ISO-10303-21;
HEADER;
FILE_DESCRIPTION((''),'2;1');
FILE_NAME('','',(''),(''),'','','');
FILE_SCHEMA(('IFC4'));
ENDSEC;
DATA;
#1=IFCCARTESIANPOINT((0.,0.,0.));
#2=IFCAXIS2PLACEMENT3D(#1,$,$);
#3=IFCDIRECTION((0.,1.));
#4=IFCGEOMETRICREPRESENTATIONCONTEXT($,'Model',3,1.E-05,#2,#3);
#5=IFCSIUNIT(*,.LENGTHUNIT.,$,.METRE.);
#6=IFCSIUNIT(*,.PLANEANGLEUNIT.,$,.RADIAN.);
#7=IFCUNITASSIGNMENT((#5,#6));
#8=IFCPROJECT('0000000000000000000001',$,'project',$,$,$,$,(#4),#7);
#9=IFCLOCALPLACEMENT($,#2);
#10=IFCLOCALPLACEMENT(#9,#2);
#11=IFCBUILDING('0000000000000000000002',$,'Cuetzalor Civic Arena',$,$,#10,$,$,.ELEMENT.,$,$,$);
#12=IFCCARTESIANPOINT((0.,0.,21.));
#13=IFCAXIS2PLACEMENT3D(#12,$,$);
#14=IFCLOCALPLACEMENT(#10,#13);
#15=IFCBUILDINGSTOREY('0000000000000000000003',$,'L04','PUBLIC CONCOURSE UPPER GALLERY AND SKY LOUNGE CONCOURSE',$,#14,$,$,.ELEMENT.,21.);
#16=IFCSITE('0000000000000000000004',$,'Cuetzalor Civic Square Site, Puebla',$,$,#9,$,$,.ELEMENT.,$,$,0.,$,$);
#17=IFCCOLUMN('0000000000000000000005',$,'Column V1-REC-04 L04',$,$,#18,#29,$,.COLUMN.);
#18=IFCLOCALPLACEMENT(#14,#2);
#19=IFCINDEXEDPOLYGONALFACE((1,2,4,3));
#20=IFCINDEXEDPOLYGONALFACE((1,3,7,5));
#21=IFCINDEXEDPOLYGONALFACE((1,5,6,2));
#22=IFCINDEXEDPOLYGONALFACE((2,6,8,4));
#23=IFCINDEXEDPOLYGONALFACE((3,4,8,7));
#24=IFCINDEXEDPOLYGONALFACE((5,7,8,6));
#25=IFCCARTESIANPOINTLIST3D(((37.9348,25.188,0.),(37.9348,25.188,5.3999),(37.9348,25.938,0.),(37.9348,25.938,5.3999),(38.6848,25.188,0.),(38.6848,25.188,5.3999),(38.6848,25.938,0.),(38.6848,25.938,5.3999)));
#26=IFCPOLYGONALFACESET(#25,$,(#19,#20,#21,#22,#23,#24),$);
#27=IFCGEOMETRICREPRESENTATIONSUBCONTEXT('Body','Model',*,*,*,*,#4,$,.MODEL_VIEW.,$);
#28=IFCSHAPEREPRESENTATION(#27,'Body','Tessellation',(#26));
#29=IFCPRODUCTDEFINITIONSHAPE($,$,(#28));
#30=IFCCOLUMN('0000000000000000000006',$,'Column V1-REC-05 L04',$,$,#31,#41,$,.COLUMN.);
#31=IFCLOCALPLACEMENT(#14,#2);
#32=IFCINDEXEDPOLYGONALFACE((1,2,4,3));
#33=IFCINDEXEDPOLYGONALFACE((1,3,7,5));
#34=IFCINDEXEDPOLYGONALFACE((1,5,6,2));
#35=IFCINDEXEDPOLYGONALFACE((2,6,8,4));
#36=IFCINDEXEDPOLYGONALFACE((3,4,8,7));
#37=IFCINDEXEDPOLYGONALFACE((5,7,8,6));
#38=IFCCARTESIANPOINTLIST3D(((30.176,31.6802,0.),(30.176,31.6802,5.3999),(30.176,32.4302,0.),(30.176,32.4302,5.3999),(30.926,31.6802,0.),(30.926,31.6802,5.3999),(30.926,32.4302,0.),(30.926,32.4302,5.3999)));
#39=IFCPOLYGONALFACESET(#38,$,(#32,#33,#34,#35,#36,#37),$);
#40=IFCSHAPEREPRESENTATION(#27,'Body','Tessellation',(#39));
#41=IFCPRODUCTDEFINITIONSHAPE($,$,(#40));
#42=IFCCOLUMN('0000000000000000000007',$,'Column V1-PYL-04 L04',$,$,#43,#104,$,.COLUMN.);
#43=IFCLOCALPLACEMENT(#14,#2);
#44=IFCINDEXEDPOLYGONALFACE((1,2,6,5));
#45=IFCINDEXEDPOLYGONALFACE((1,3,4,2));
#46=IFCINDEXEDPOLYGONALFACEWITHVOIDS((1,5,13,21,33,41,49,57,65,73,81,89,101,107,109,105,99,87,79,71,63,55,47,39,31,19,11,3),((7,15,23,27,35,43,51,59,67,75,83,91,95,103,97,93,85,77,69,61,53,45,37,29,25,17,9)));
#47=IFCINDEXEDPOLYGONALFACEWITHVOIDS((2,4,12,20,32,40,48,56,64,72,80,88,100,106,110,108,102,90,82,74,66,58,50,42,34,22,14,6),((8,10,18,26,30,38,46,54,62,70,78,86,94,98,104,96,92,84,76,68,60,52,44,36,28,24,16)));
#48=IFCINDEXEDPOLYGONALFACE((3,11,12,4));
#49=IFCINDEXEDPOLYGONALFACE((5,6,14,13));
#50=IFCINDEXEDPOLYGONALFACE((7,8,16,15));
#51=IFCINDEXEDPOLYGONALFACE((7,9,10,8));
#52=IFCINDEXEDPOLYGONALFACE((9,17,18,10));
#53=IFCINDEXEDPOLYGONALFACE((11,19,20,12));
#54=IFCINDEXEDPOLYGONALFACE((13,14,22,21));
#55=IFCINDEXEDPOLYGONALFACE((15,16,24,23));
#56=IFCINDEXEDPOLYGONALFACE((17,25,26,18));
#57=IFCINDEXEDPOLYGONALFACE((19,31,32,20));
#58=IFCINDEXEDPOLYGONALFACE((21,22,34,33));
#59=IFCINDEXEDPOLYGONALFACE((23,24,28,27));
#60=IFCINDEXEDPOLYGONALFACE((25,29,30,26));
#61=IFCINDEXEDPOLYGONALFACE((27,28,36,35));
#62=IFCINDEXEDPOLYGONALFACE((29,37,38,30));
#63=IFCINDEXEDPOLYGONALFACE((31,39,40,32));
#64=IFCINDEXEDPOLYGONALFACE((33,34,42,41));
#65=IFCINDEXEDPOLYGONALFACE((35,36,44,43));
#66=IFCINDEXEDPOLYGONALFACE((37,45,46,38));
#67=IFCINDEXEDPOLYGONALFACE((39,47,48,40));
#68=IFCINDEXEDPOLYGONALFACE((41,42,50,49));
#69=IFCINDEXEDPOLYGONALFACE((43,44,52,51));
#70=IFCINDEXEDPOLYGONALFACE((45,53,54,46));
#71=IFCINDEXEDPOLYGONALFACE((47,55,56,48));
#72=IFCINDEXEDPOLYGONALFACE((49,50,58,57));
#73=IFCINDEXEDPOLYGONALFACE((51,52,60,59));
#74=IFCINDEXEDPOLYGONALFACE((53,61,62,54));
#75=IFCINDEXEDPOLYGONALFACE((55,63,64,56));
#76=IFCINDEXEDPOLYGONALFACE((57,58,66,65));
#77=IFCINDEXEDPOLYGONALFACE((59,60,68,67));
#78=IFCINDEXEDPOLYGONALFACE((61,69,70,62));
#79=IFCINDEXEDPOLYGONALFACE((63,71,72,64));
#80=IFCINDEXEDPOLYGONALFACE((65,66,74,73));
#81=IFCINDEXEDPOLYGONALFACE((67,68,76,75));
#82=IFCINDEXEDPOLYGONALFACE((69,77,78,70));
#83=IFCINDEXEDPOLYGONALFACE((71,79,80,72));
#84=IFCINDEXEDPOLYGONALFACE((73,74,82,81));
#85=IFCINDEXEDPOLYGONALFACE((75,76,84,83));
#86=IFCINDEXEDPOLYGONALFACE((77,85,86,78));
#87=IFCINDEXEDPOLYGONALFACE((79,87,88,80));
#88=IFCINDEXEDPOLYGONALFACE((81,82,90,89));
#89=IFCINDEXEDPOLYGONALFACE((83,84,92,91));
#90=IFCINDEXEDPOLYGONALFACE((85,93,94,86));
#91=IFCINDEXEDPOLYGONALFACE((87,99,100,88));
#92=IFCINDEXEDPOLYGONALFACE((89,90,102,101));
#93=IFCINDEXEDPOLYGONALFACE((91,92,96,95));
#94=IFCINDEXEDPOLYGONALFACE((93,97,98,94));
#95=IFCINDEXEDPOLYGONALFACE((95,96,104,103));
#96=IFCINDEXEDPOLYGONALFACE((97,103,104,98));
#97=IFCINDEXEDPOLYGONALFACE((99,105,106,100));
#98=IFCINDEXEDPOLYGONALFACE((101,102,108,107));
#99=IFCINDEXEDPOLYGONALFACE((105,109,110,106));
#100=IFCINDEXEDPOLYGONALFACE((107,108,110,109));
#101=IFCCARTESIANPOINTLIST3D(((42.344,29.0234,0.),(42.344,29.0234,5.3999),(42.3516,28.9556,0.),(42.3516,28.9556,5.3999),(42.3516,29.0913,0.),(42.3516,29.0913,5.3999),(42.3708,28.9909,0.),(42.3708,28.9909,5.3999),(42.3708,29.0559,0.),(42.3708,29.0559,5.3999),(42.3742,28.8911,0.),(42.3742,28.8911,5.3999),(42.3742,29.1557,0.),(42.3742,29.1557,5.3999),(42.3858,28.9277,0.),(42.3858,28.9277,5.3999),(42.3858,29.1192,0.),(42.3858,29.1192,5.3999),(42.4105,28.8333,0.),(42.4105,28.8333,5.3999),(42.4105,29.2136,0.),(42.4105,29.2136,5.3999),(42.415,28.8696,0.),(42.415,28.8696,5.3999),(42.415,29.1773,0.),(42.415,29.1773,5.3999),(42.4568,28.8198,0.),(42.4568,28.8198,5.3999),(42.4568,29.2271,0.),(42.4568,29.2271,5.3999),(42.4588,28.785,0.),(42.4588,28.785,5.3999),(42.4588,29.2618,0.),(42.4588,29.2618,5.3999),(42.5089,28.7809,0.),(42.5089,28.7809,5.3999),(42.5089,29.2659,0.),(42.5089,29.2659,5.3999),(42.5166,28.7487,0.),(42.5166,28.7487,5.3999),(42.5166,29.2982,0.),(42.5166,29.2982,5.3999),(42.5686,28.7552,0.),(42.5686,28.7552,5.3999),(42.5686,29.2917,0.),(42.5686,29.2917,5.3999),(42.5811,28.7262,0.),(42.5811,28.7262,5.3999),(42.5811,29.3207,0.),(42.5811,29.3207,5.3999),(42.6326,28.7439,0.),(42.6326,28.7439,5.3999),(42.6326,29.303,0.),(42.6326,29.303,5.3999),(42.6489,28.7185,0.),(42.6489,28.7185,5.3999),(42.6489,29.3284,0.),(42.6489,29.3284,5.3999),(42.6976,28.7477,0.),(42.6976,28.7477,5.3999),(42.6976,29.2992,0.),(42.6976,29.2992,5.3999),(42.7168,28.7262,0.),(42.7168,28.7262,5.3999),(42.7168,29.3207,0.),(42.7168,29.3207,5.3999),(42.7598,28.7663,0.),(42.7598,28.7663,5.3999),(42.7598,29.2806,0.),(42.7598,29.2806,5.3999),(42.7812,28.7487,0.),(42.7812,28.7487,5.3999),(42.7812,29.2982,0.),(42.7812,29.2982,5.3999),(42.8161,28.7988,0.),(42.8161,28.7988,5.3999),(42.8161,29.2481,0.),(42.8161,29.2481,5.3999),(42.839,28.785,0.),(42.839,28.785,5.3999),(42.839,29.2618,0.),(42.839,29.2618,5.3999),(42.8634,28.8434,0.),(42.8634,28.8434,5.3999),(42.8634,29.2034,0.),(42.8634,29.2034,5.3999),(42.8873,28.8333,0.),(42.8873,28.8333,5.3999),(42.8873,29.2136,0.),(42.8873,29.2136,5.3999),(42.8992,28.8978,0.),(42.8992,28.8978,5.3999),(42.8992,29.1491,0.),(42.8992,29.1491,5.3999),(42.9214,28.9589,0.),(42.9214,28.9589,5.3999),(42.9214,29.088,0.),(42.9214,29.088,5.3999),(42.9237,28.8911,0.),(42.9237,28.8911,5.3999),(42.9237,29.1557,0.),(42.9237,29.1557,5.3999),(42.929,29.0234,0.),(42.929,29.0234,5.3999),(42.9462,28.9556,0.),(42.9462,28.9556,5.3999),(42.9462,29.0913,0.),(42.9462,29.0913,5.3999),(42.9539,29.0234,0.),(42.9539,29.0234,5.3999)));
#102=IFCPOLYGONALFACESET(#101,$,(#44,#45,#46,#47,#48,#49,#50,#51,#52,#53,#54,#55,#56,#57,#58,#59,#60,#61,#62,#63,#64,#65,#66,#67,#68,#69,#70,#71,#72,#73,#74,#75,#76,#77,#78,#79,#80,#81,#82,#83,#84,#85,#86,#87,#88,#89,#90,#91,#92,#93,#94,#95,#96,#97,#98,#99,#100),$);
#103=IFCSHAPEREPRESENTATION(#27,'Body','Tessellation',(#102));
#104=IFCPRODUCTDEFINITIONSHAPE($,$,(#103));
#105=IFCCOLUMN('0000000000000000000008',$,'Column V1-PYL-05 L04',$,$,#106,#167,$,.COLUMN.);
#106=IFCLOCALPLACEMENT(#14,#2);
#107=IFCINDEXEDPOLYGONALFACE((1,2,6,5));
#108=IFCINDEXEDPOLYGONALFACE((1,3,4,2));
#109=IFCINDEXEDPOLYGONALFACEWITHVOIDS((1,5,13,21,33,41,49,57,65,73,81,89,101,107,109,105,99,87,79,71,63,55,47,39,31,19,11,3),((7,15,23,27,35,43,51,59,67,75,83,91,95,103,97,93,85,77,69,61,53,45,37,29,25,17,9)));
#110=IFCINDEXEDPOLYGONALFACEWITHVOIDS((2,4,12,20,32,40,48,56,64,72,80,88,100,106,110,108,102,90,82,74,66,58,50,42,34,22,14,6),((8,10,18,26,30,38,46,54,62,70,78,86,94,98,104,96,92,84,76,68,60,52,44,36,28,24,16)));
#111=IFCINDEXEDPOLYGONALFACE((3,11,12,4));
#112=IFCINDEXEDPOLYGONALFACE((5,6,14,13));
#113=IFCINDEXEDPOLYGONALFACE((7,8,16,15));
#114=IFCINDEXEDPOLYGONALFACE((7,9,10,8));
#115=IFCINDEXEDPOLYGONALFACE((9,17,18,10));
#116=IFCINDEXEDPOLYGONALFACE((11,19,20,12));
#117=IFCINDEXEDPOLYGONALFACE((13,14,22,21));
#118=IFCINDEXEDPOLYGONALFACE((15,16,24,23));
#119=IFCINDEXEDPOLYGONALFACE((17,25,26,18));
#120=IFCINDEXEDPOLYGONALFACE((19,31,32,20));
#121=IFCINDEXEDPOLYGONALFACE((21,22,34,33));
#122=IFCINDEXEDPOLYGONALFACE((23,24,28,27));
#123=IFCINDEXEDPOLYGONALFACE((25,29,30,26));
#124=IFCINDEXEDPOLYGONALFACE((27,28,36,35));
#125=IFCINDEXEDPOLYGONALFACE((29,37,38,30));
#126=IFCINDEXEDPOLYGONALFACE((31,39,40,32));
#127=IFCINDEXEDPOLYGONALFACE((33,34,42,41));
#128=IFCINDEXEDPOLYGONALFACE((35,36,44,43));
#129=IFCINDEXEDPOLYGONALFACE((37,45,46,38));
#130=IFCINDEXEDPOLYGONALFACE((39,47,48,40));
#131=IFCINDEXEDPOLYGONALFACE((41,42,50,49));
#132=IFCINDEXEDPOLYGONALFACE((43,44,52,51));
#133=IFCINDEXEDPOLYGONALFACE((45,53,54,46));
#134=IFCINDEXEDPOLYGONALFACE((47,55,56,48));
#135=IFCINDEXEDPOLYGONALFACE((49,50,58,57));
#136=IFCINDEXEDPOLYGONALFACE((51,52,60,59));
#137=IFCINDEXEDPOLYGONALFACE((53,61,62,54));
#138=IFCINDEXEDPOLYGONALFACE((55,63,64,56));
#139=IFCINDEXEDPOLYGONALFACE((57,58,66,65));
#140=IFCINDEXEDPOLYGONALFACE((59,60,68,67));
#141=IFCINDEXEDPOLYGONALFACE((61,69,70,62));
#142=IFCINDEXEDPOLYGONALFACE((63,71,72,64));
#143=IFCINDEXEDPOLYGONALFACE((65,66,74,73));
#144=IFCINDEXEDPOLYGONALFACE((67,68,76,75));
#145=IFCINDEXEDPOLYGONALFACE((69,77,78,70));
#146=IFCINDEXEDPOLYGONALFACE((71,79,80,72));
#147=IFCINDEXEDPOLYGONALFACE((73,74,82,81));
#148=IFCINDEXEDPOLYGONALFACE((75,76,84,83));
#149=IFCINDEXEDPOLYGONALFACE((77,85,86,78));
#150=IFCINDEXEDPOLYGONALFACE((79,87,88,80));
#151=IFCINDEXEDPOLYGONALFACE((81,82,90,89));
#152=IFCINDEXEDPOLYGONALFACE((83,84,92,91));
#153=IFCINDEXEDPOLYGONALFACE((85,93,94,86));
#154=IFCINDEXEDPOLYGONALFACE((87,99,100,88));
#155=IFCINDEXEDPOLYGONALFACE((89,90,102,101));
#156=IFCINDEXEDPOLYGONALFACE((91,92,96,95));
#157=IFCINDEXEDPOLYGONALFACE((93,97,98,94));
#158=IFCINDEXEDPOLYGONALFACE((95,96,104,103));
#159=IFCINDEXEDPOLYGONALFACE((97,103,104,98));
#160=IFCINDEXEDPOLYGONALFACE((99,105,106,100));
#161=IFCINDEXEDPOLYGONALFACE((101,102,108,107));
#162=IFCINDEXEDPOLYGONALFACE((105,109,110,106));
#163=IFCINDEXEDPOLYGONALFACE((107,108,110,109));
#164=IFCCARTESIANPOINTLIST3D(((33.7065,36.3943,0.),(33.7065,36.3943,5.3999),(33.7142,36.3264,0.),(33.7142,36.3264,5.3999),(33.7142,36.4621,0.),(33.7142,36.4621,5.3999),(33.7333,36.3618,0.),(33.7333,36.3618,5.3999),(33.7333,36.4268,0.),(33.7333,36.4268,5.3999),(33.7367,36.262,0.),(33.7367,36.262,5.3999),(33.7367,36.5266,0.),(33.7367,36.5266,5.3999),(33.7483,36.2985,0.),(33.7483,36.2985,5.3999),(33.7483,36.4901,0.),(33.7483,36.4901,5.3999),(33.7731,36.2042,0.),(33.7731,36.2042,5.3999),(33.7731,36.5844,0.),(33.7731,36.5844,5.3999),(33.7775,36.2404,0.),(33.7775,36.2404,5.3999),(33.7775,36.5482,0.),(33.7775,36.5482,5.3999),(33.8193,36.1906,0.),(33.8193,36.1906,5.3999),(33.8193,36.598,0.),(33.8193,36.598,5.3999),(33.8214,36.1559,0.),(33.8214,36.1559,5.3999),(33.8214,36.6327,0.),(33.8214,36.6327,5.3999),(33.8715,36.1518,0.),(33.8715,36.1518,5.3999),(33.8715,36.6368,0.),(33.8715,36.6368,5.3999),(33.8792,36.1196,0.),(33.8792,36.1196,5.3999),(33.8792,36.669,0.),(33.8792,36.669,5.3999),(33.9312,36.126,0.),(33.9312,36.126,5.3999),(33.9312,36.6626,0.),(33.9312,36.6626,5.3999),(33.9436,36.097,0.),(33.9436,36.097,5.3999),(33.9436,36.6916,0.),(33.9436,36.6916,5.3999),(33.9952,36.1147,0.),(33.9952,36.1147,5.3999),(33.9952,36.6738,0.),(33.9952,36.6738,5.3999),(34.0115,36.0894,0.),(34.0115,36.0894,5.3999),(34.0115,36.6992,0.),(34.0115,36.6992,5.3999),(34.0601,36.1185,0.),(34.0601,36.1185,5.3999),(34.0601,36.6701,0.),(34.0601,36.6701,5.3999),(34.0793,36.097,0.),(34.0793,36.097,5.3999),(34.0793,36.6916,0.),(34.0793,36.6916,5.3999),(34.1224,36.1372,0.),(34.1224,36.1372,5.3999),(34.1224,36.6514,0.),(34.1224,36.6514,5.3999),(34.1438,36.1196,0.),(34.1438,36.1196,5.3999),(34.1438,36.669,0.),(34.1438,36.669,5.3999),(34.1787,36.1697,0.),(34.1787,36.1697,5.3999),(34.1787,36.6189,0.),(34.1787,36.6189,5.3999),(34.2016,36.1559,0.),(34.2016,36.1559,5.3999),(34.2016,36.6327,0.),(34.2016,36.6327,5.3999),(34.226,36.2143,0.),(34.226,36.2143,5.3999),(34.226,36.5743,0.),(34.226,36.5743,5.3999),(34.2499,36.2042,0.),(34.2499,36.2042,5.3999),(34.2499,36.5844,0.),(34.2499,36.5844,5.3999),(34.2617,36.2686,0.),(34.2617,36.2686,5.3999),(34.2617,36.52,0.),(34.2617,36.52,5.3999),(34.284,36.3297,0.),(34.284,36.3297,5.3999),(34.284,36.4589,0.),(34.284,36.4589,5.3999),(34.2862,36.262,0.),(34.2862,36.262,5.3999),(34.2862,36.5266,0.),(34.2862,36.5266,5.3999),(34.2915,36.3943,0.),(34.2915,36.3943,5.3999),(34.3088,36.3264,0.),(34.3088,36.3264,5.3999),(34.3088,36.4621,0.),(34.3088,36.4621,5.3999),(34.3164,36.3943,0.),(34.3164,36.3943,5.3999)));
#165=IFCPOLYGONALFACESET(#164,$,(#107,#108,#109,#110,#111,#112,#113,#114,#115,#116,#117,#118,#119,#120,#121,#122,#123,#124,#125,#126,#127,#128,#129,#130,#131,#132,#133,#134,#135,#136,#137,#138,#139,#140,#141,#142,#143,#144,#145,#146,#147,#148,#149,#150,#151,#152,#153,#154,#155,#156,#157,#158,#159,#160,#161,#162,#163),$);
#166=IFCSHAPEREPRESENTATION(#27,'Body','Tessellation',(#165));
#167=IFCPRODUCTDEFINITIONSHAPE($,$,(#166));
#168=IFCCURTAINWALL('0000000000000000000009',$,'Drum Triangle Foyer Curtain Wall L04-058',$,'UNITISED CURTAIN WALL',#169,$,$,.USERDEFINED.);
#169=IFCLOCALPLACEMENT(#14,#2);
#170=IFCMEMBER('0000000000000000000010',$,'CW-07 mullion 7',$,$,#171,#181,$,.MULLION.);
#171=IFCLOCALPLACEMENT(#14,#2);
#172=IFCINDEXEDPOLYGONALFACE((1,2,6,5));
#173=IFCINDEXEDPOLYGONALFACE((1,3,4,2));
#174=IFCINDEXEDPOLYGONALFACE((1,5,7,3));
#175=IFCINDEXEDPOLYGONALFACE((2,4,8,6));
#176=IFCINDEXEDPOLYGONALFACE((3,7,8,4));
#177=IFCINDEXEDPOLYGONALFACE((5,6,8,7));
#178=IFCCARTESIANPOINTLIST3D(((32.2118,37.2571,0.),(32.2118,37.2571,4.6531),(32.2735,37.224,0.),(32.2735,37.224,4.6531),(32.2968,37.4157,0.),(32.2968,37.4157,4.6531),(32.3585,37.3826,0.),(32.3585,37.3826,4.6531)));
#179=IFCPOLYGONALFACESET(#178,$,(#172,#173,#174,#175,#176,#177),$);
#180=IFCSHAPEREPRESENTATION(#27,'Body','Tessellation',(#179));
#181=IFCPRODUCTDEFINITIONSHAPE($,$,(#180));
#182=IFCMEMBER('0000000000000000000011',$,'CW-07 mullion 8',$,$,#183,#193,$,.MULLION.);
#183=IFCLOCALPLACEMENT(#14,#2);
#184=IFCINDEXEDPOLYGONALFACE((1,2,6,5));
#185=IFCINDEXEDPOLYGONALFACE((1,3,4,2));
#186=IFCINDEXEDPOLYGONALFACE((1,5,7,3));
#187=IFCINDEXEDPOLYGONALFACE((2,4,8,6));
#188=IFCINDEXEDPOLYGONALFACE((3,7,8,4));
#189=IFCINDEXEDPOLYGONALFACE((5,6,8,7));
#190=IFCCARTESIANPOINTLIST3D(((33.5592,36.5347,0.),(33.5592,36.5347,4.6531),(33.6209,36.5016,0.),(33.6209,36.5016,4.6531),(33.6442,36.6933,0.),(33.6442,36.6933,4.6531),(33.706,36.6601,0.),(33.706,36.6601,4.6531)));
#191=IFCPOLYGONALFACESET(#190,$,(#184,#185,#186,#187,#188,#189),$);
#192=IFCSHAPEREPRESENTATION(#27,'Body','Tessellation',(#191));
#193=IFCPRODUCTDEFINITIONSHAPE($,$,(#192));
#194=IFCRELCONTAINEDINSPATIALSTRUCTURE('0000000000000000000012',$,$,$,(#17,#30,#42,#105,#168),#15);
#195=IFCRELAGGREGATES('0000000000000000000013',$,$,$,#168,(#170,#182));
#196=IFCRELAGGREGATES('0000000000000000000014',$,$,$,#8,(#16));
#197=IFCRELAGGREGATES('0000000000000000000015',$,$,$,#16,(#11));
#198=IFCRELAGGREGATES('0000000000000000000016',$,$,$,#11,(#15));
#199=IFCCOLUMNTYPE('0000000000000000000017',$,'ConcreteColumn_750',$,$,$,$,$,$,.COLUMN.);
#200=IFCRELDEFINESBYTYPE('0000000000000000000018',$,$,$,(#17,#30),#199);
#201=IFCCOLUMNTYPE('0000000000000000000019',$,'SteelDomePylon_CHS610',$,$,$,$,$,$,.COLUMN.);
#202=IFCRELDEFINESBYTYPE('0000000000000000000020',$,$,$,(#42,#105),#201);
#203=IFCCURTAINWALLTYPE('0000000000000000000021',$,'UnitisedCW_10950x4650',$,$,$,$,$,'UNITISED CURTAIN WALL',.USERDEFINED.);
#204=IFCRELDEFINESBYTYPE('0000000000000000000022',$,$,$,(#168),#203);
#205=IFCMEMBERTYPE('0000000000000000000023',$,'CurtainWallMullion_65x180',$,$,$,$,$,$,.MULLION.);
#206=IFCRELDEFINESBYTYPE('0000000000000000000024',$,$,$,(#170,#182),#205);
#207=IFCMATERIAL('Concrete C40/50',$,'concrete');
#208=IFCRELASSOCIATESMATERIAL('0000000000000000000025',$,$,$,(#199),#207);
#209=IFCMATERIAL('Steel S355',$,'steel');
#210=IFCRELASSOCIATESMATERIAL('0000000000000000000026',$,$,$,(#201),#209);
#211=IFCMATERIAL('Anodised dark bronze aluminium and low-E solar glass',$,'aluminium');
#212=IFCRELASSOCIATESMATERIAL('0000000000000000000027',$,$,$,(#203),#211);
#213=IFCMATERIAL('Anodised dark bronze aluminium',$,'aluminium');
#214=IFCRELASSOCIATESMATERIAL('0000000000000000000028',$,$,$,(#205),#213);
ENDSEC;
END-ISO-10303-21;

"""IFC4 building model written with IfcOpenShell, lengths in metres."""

from ifc_helpers import new_model, si_unit, direction, frame, origin, origin_2d, place, context, subcontext, project, spatial, rectangle, hollow_circle, extrude, material, material_profile, profile_set, type_object, element, aggregate, save


model = new_model("IFC4")

# Units and contexts
model_context = context("Model", 3, precision=1e-05, world=origin(), true_north=direction((0.0, 1.0)))
body_context = subcontext(model_context, "Body", "Model", "MODEL_VIEW")
ifc_project = project(units=[si_unit("LENGTHUNIT", "METRE"), si_unit("PLANEANGLEUNIT", "RADIAN")], contexts=[model_context])

# Site, building, storey
site_placement = place(None, origin())
site = spatial("IfcSite", under=ifc_project, at=site_placement, Name="Cuetzalor Civic Square Site, Puebla", CompositionType="ELEMENT", RefElevation=0.0)
building_placement = place(site_placement, origin())
building = spatial("IfcBuilding", under=site, at=building_placement, Name="Cuetzalor Civic Arena", CompositionType="ELEMENT")
storey_placement = place(building_placement, frame((0.0, 0.0, 21.0)))
storey = spatial("IfcBuildingStorey", under=building, at=storey_placement, Name="L04", Description="PUBLIC CONCOURSE UPPER GALLERY AND SKY LOUNGE CONCOURSE", CompositionType="ELEMENT", Elevation=21.0)

# Columns
ifc_material_1 = material(Name="Concrete C40/50", Category="concrete")
ifc_material_profile_1 = material_profile(ifc_material_1, rectangle(XDim=0.75, YDim=0.75, at=origin_2d()), Name="RC 750x750")
ifc_profile_set_1 = profile_set([ifc_material_profile_1], Name="Concrete C40/50")
column_type_1 = type_object("IfcColumnType", Name="ConcreteColumn_750", PredefinedType="COLUMN", material=ifc_profile_set_1)
for number, where, z_axis, x_axis, name in (
    (1, (38.3098, 25.563, 0.0), (0.0, 0.0, 1.0), (1.0, 0.0, 0.0), "Column V1-REC-04 L04"),
    (2, (30.551, 32.0552, 0.0), (0.0, 0.0, 1.0), (1.0, 0.0, 0.0), "Column V1-REC-05 L04"),
):
    element("IfcColumn", number, at=place(storey_placement, frame(where, z_axis=z_axis, x_axis=x_axis)), inside=storey, type_object=column_type_1, Name=name, PredefinedType="COLUMN", context=body_context, shape_type="SweptSolid", body=[
        extrude(rectangle(XDim=0.75, YDim=0.75, at=origin_2d()), origin(), (0.0, 0.0, 1.0), 5.3999),
    ])
ifc_material_2 = material(Name="Steel S355", Category="steel")
ifc_material_profile_2 = material_profile(ifc_material_2, hollow_circle(Radius=0.3049, WallThickness=0.0249, at=origin_2d()), Name="CHS 610x25")
ifc_profile_set_2 = profile_set([ifc_material_profile_2], Name="Steel S355")
column_type_2 = type_object("IfcColumnType", Name="SteelDomePylon_CHS610", PredefinedType="COLUMN", material=ifc_profile_set_2)
for number, where, z_axis, x_axis, name in (
    (3, (42.6489, 29.0234, 0.0), (0.0, 0.0, 1.0), (1.0, 0.0, 0.0), "Column V1-PYL-04 L04"),
    (4, (34.0115, 36.3943, 0.0), (0.0, 0.0, 1.0), (1.0, 0.0, 0.0), "Column V1-PYL-05 L04"),
):
    element("IfcColumn", number, at=place(storey_placement, frame(where, z_axis=z_axis, x_axis=x_axis)), inside=storey, type_object=column_type_2, Name=name, PredefinedType="COLUMN", context=body_context, shape_type="SweptSolid", body=[
        extrude(hollow_circle(Radius=0.3049, WallThickness=0.0249, at=origin_2d()), origin(), (0.0, 0.0, 1.0), 5.3999),
    ])

# Curtain wall, members
ifc_material_3 = material(Name="Anodised dark bronze aluminium and low-E solar glass", Category="aluminium")
curtain_wall_type = type_object("IfcCurtainWallType", Name="UnitisedCW_10950x4650", ElementType="UNITISED CURTAIN WALL", PredefinedType="USERDEFINED", material=ifc_material_3)
curtain_wall_placement = place(storey_placement, origin())
curtain_wall = element("IfcCurtainWall", 5, at=curtain_wall_placement, inside=storey, type_object=curtain_wall_type, Name="Drum Triangle Foyer Curtain Wall L04-058", ObjectType="UNITISED CURTAIN WALL", PredefinedType="USERDEFINED")
ifc_material_4 = material(Name="Anodised dark bronze aluminium", Category="aluminium")
ifc_material_profile_3 = material_profile(ifc_material_4, rectangle(XDim=0.0701, YDim=0.1799, at=origin_2d()), Name="ALU MULLION 70x180")
ifc_profile_set_3 = profile_set([ifc_material_profile_3], Name="Anodised dark bronze aluminium")
member_type_1 = type_object("IfcMemberType", Name="CurtainWallMullion_65x180", PredefinedType="MULLION", material=ifc_profile_set_3)
member_1_placement = place(storey_placement, frame((32.2852, 37.3198, 0.0), z_axis=(0.0, 0.0, 1.0), x_axis=(0.881306, -0.472545, 0.0)))
member_1 = element("IfcMember", 6, at=member_1_placement, type_object=member_type_1, Name="CW-07 mullion 7", PredefinedType="MULLION", context=body_context, shape_type="SweptSolid", body=[
    extrude(rectangle(XDim=0.0701, YDim=0.1799, at=origin_2d()), origin(), (0.0, 0.0, 1.0), 4.6531),
])
member_2_placement = place(storey_placement, frame((33.6326, 36.5974, 0.0), z_axis=(0.0, 0.0, 1.0), x_axis=(0.881306, -0.472545, 0.0)))
member_2 = element("IfcMember", 7, at=member_2_placement, type_object=member_type_1, Name="CW-07 mullion 8", PredefinedType="MULLION", context=body_context, shape_type="SweptSolid", body=[
    extrude(rectangle(XDim=0.0701, YDim=0.1799, at=origin_2d()), origin(), (0.0, 0.0, 1.0), 4.6531),
])

aggregate(curtain_wall, [member_1, member_2])

save(model, "model.ifc")
